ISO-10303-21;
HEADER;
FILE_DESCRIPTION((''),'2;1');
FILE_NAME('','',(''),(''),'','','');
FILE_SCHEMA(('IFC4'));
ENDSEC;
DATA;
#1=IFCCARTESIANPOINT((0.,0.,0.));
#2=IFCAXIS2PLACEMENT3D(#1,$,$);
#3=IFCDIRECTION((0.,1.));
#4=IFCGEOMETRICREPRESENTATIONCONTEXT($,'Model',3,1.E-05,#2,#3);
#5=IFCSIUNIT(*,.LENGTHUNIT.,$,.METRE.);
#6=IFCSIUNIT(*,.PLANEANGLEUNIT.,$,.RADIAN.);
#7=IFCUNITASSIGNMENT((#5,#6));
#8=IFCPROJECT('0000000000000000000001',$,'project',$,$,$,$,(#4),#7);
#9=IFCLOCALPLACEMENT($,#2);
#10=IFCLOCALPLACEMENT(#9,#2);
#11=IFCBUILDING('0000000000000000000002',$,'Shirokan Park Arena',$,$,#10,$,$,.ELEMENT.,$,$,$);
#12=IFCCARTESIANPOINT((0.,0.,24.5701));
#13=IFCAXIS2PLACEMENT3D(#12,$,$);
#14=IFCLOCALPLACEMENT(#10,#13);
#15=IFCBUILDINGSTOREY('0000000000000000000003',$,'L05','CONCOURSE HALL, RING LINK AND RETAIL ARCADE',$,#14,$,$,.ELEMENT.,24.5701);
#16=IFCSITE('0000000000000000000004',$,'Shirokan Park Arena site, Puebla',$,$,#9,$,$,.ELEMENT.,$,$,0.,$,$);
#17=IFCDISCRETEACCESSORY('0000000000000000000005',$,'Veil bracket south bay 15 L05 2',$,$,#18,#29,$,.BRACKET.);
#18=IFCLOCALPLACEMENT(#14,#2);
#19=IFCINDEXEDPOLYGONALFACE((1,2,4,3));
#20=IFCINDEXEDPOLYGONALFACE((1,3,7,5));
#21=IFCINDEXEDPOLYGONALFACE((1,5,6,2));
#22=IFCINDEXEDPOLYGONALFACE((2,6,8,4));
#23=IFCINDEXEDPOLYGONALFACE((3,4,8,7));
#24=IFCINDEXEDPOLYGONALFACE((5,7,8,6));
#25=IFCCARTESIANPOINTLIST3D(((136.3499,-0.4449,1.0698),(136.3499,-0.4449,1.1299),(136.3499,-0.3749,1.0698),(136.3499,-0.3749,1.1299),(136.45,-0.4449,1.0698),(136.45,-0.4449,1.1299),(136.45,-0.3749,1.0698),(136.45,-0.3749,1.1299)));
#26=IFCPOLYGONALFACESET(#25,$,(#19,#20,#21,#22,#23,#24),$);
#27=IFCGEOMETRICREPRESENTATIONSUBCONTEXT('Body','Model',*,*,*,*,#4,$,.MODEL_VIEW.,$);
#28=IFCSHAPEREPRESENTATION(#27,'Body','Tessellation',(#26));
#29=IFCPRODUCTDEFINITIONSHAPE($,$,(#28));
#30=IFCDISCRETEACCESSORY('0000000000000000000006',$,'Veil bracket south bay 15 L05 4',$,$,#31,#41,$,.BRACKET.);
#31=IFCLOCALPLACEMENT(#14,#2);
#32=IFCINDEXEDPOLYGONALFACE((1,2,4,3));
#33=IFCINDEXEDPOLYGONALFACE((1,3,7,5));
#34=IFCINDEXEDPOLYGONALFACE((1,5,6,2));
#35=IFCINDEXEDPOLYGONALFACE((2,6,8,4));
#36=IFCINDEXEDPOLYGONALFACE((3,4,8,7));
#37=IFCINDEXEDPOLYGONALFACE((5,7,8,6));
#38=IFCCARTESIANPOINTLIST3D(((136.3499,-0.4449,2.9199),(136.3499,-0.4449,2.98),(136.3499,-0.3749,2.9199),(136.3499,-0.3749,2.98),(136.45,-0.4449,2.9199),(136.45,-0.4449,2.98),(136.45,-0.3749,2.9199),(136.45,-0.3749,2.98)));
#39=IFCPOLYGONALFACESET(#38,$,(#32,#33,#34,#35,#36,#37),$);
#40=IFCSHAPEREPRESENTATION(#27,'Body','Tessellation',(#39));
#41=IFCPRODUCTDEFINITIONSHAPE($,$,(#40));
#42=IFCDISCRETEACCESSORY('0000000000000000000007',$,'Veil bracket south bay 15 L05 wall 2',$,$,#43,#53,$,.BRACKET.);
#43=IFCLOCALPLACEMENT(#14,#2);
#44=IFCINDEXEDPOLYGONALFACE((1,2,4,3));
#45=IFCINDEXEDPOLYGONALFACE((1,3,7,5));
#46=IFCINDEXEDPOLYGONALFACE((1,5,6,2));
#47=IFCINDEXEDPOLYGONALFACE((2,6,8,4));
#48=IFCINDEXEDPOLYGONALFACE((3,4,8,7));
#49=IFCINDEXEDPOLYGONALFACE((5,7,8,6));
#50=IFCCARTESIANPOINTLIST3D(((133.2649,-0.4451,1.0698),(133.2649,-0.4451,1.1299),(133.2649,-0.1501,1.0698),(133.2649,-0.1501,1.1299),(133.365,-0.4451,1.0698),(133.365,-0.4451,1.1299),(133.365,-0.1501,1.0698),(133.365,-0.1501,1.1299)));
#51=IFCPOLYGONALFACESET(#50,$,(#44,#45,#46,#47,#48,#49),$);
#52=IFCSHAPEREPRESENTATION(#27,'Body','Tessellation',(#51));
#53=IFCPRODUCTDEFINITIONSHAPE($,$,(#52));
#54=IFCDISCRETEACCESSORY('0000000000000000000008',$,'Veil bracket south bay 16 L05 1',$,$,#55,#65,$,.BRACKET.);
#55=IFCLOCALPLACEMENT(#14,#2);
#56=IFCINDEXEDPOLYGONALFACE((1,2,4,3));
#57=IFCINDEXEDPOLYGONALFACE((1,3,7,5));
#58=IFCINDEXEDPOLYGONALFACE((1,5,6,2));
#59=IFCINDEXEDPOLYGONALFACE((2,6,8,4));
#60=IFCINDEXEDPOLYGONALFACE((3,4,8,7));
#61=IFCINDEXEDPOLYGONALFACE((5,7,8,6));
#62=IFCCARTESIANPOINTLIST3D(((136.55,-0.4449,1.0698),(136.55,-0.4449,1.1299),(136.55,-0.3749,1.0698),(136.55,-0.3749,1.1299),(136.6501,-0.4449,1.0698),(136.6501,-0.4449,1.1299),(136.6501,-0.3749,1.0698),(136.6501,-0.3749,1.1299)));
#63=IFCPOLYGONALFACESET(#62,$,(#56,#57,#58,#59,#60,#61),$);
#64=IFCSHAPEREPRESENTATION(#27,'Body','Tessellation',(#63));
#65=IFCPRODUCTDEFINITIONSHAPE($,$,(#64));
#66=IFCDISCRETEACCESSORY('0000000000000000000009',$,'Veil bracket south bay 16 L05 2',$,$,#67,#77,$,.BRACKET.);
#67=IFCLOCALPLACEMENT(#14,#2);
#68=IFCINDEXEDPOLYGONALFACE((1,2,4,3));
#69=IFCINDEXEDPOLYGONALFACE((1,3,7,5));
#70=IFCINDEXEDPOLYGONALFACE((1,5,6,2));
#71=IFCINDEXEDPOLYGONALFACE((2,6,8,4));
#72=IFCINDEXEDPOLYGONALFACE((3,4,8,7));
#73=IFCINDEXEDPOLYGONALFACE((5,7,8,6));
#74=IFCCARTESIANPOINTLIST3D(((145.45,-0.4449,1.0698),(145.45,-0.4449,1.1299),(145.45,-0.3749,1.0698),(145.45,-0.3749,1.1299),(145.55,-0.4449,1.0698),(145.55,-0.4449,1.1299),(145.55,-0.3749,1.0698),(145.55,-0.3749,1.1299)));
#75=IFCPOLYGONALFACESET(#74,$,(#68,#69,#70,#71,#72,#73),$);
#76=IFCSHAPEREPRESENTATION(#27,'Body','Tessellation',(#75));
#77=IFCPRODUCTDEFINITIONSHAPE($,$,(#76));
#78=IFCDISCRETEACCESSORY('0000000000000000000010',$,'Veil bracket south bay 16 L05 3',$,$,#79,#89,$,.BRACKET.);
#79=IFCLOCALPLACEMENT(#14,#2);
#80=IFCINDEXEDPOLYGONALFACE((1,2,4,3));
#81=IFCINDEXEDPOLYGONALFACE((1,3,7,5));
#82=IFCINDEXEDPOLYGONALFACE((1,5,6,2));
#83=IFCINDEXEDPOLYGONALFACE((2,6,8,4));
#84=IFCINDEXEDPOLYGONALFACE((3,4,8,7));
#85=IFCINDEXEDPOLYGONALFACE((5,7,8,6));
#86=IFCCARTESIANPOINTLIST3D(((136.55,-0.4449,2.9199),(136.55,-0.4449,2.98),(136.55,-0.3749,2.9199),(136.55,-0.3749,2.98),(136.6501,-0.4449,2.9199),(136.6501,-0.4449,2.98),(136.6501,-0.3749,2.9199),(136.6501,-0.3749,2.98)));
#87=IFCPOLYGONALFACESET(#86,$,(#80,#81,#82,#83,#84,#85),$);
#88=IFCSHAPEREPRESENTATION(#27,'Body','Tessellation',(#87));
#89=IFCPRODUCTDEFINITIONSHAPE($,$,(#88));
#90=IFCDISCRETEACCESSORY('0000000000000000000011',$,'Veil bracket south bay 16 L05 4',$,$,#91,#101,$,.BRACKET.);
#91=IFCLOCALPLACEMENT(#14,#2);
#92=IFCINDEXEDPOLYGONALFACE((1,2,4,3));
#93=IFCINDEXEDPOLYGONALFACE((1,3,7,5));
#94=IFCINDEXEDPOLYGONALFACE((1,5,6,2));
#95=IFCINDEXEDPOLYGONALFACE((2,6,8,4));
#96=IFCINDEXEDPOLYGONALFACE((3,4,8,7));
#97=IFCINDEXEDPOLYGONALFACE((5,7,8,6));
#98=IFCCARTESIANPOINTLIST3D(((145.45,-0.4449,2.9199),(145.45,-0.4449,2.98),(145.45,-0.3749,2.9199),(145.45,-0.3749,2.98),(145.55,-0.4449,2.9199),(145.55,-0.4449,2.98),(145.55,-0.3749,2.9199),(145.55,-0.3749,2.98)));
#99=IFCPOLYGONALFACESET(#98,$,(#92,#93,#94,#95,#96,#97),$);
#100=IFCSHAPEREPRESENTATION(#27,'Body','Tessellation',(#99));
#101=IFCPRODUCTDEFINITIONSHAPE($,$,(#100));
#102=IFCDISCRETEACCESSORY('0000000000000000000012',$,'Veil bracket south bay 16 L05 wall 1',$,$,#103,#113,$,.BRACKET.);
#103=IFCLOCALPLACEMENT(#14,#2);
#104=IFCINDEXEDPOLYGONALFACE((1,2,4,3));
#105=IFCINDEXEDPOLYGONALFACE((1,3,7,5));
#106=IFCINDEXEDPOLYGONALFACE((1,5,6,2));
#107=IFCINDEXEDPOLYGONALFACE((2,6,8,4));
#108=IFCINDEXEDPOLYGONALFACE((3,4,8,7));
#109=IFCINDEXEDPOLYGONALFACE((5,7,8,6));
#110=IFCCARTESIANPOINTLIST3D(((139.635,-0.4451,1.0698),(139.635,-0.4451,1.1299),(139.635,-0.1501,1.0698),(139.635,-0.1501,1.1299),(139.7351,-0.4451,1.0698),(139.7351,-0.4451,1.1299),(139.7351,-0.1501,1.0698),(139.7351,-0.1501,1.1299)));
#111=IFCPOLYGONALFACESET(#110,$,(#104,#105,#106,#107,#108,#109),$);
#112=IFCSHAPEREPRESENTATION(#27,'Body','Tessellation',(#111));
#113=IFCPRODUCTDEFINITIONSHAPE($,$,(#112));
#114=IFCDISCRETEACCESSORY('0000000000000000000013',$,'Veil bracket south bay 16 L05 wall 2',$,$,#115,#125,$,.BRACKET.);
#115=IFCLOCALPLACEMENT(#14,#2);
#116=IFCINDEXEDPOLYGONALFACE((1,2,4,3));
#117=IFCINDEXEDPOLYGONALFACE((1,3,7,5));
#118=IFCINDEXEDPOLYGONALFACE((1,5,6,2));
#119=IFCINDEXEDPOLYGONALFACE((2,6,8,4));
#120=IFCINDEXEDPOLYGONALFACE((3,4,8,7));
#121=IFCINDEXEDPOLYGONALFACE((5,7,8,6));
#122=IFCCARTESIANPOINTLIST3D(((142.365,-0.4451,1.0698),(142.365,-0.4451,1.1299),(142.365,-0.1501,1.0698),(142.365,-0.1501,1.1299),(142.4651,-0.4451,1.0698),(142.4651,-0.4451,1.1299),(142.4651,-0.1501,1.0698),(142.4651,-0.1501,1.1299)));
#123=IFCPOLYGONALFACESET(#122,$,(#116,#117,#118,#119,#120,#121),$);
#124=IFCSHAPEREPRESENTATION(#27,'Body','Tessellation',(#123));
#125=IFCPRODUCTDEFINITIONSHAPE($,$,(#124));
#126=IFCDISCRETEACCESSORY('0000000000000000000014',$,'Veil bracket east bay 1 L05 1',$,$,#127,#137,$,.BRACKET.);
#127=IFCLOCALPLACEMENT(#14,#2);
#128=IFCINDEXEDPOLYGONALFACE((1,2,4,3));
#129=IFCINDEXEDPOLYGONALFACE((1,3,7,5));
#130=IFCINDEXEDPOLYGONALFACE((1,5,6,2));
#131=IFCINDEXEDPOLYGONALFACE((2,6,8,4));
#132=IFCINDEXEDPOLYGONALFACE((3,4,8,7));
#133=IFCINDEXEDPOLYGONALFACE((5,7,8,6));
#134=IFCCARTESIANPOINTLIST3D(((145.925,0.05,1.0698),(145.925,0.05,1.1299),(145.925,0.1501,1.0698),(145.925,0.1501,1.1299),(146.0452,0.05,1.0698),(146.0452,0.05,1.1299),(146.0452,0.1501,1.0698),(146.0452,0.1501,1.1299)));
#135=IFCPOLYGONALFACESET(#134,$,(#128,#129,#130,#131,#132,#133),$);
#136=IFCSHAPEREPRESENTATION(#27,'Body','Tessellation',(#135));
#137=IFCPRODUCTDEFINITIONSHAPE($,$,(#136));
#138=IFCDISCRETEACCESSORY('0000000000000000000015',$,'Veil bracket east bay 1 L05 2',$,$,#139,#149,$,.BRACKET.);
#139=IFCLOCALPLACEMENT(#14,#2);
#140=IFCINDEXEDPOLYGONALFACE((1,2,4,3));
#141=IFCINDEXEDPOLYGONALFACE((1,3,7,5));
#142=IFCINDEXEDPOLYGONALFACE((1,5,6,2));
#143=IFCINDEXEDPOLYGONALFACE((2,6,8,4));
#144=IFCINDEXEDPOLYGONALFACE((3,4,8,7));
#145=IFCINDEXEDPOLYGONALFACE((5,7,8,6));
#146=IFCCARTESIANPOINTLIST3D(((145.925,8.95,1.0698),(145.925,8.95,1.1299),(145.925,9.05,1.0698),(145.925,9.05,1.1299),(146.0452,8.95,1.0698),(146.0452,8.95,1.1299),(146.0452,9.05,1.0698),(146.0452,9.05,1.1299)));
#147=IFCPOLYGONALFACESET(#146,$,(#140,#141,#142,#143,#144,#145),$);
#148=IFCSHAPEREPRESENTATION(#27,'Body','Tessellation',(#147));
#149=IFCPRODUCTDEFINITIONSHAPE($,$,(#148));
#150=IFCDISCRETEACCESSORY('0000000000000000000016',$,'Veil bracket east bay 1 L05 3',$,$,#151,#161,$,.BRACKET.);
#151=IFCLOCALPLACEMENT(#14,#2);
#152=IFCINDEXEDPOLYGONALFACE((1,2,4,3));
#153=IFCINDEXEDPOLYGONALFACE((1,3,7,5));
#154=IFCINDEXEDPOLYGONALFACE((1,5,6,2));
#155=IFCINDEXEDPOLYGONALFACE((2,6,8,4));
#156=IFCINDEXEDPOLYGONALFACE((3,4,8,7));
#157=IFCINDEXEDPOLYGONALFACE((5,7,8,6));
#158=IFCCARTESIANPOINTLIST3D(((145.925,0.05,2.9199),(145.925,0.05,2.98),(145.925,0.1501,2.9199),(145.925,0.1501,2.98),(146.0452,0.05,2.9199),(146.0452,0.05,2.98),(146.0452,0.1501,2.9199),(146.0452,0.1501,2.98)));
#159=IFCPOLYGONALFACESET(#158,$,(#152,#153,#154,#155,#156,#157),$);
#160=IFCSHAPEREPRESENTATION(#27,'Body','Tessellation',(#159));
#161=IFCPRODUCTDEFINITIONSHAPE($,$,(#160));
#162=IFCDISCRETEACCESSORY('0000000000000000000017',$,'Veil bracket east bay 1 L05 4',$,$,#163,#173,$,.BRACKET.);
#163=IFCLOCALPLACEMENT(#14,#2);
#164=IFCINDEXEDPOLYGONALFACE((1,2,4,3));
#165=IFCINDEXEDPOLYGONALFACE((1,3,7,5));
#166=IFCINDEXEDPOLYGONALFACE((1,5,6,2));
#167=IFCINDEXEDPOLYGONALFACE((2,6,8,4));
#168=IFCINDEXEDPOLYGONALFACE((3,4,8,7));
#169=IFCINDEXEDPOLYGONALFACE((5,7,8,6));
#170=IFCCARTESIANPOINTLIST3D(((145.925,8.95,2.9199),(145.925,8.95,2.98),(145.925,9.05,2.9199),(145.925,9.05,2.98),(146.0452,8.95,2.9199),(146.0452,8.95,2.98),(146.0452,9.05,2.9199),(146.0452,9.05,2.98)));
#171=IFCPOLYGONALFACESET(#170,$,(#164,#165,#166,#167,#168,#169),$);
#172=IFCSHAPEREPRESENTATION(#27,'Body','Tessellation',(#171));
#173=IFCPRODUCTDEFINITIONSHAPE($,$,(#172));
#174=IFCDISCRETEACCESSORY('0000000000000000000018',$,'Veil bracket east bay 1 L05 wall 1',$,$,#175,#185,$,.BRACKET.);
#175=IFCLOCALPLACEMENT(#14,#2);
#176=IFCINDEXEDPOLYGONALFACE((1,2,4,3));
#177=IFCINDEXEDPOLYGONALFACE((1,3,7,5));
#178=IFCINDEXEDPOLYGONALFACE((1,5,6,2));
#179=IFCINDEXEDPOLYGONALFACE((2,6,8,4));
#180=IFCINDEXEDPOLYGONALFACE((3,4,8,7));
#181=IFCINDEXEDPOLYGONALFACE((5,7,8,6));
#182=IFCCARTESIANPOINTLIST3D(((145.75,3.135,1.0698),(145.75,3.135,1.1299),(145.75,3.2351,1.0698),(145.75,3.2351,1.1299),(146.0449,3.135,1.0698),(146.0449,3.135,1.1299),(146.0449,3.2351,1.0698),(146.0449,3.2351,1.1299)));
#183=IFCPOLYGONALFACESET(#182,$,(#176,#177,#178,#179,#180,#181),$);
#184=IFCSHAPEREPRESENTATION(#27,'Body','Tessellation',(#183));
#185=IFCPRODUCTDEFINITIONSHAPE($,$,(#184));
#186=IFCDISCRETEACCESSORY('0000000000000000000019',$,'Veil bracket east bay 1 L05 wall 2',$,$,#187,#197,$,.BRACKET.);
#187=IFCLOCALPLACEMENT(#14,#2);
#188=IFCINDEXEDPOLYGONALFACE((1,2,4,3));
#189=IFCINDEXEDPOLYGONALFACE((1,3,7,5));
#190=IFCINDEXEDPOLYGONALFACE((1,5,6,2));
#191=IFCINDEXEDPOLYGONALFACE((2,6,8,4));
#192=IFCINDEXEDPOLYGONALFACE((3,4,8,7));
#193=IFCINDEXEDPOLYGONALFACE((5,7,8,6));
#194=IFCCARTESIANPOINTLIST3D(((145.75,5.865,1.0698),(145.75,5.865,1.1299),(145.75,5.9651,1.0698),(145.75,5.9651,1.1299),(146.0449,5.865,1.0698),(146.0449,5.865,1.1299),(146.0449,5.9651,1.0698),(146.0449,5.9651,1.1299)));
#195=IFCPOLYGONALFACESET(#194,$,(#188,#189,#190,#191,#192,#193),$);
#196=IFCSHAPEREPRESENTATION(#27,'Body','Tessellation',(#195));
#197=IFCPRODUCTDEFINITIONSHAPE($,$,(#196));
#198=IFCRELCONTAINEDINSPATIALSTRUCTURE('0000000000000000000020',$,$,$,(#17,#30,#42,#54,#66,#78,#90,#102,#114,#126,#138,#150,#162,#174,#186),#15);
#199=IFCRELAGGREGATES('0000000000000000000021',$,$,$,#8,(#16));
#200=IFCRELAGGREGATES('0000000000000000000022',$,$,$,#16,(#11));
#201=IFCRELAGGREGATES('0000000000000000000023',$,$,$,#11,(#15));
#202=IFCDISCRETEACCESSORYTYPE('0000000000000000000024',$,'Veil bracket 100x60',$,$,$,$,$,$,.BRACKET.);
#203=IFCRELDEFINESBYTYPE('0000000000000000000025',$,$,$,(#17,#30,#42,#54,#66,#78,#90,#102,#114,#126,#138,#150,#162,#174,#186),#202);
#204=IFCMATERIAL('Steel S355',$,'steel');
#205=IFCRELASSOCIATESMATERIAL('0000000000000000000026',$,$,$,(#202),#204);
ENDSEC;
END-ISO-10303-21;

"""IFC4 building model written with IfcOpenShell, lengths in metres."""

from ifc_helpers import new_model, si_unit, direction, frame, origin, origin_2d, place, context, subcontext, project, spatial, rectangle, extrude, material, type_object, element, save


model = new_model("IFC4")

# Units and contexts
model_context = context("Model", 3, precision=1e-05, world=origin(), true_north=direction((0.0, 1.0)))
body_context = subcontext(model_context, "Body", "Model", "MODEL_VIEW")
ifc_project = project(units=[si_unit("LENGTHUNIT", "METRE"), si_unit("PLANEANGLEUNIT", "RADIAN")], contexts=[model_context])

# Site, building, storey
site_placement = place(None, origin())
site = spatial("IfcSite", under=ifc_project, at=site_placement, Name="Shirokan Park Arena site, Puebla", CompositionType="ELEMENT", RefElevation=0.0)
building_placement = place(site_placement, origin())
building = spatial("IfcBuilding", under=site, at=building_placement, Name="Shirokan Park Arena", CompositionType="ELEMENT")
storey_placement = place(building_placement, frame((0.0, 0.0, 24.5701)))
storey = spatial("IfcBuildingStorey", under=building, at=storey_placement, Name="L05", Description="CONCOURSE HALL, RING LINK AND RETAIL ARCADE", CompositionType="ELEMENT", Elevation=24.5701)

# Discrete accessories
ifc_material_1 = material(Name="Steel S355", Category="steel")
discrete_accessory_type = type_object("IfcDiscreteAccessoryType", Name="Veil bracket 100x60", PredefinedType="BRACKET", material=ifc_material_1)
for number, where, z_axis, x_axis, name in (
    (1, (136.3999, -0.4099, 1.0698), (0.0, 0.0, 1.0), (1.0, 0.0, 0.0), "Veil bracket south bay 15 L05 2"),
    (2, (136.3999, -0.4099, 2.9199), (0.0, 0.0, 1.0), (1.0, 0.0, 0.0), "Veil bracket south bay 15 L05 4"),
):
    element("IfcDiscreteAccessory", number, at=place(storey_placement, frame(where, z_axis=z_axis, x_axis=x_axis)), inside=storey, type_object=discrete_accessory_type, Name=name, PredefinedType="BRACKET", context=body_context, shape_type="SweptSolid", body=[
        extrude(rectangle(XDim=0.1001, YDim=0.0701, at=origin_2d()), origin(), (0.0, 0.0, 1.0), 0.0601),
    ])
discrete_accessory_placement = place(storey_placement, frame((133.3149, -0.2976, 1.0698), z_axis=(0.0, 0.0, 1.0), x_axis=(1.0, 0.0, 0.0)))
element("IfcDiscreteAccessory", 3, at=discrete_accessory_placement, inside=storey, type_object=discrete_accessory_type, Name="Veil bracket south bay 15 L05 wall 2", PredefinedType="BRACKET", context=body_context, shape_type="SweptSolid", body=[
    extrude(rectangle(XDim=0.1001, YDim=0.2949, at=origin_2d()), origin(), (0.0, 0.0, 1.0), 0.0601),
])
for number, where, z_axis, x_axis, name in (
    (4, (136.6001, -0.4099, 1.0698), (0.0, 0.0, 1.0), (1.0, 0.0, 0.0), "Veil bracket south bay 16 L05 1"),
    (5, (145.5, -0.4099, 1.0698), (0.0, 0.0, 1.0), (1.0, 0.0, 0.0), "Veil bracket south bay 16 L05 2"),
    (6, (136.6001, -0.4099, 2.9199), (0.0, 0.0, 1.0), (1.0, 0.0, 0.0), "Veil bracket south bay 16 L05 3"),
    (7, (145.5, -0.4099, 2.9199), (0.0, 0.0, 1.0), (1.0, 0.0, 0.0), "Veil bracket south bay 16 L05 4"),
):
    element("IfcDiscreteAccessory", number, at=place(storey_placement, frame(where, z_axis=z_axis, x_axis=x_axis)), inside=storey, type_object=discrete_accessory_type, Name=name, PredefinedType="BRACKET", context=body_context, shape_type="SweptSolid", body=[
        extrude(rectangle(XDim=0.1001, YDim=0.0701, at=origin_2d()), origin(), (0.0, 0.0, 1.0), 0.0601),
    ])
for number, where, z_axis, x_axis, name in (
    (8, (139.6851, -0.2976, 1.0698), (0.0, 0.0, 1.0), (1.0, 0.0, 0.0), "Veil bracket south bay 16 L05 wall 1"),
    (9, (142.415, -0.2976, 1.0698), (0.0, 0.0, 1.0), (1.0, 0.0, 0.0), "Veil bracket south bay 16 L05 wall 2"),
):
    element("IfcDiscreteAccessory", number, at=place(storey_placement, frame(where, z_axis=z_axis, x_axis=x_axis)), inside=storey, type_object=discrete_accessory_type, Name=name, PredefinedType="BRACKET", context=body_context, shape_type="SweptSolid", body=[
        extrude(rectangle(XDim=0.1001, YDim=0.2949, at=origin_2d()), origin(), (0.0, 0.0, 1.0), 0.0601),
    ])
for number, where, z_axis, x_axis, name in (
    (10, (145.9851, 0.1001, 1.0698), (0.0, 0.0, 1.0), (0.0, 1.0, 0.0), "Veil bracket east bay 1 L05 1"),
    (11, (145.9851, 9.0, 1.0698), (0.0, 0.0, 1.0), (0.0, 1.0, 0.0), "Veil bracket east bay 1 L05 2"),
    (12, (145.9851, 0.1001, 2.9199), (0.0, 0.0, 1.0), (0.0, 1.0, 0.0), "Veil bracket east bay 1 L05 3"),
    (13, (145.9851, 9.0, 2.9199), (0.0, 0.0, 1.0), (0.0, 1.0, 0.0), "Veil bracket east bay 1 L05 4"),
):
    element("IfcDiscreteAccessory", number, at=place(storey_placement, frame(where, z_axis=z_axis, x_axis=x_axis)), inside=storey, type_object=discrete_accessory_type, Name=name, PredefinedType="BRACKET", context=body_context, shape_type="SweptSolid", body=[
        extrude(rectangle(XDim=0.1001, YDim=0.1201, at=origin_2d()), origin(), (0.0, 0.0, 1.0), 0.0601),
    ])
for number, where, z_axis, x_axis, name in (
    (14, (145.8975, 3.1851, 1.0698), (0.0, 0.0, 1.0), (0.0, 1.0, 0.0), "Veil bracket east bay 1 L05 wall 1"),
    (15, (145.8975, 5.915, 1.0698), (0.0, 0.0, 1.0), (0.0, 1.0, 0.0), "Veil bracket east bay 1 L05 wall 2"),
):
    element("IfcDiscreteAccessory", number, at=place(storey_placement, frame(where, z_axis=z_axis, x_axis=x_axis)), inside=storey, type_object=discrete_accessory_type, Name=name, PredefinedType="BRACKET", context=body_context, shape_type="SweptSolid", body=[
        extrude(rectangle(XDim=0.1001, YDim=0.2949, at=origin_2d()), origin(), (0.0, 0.0, 1.0), 0.0601),
    ])

save(model, "model.ifc")
